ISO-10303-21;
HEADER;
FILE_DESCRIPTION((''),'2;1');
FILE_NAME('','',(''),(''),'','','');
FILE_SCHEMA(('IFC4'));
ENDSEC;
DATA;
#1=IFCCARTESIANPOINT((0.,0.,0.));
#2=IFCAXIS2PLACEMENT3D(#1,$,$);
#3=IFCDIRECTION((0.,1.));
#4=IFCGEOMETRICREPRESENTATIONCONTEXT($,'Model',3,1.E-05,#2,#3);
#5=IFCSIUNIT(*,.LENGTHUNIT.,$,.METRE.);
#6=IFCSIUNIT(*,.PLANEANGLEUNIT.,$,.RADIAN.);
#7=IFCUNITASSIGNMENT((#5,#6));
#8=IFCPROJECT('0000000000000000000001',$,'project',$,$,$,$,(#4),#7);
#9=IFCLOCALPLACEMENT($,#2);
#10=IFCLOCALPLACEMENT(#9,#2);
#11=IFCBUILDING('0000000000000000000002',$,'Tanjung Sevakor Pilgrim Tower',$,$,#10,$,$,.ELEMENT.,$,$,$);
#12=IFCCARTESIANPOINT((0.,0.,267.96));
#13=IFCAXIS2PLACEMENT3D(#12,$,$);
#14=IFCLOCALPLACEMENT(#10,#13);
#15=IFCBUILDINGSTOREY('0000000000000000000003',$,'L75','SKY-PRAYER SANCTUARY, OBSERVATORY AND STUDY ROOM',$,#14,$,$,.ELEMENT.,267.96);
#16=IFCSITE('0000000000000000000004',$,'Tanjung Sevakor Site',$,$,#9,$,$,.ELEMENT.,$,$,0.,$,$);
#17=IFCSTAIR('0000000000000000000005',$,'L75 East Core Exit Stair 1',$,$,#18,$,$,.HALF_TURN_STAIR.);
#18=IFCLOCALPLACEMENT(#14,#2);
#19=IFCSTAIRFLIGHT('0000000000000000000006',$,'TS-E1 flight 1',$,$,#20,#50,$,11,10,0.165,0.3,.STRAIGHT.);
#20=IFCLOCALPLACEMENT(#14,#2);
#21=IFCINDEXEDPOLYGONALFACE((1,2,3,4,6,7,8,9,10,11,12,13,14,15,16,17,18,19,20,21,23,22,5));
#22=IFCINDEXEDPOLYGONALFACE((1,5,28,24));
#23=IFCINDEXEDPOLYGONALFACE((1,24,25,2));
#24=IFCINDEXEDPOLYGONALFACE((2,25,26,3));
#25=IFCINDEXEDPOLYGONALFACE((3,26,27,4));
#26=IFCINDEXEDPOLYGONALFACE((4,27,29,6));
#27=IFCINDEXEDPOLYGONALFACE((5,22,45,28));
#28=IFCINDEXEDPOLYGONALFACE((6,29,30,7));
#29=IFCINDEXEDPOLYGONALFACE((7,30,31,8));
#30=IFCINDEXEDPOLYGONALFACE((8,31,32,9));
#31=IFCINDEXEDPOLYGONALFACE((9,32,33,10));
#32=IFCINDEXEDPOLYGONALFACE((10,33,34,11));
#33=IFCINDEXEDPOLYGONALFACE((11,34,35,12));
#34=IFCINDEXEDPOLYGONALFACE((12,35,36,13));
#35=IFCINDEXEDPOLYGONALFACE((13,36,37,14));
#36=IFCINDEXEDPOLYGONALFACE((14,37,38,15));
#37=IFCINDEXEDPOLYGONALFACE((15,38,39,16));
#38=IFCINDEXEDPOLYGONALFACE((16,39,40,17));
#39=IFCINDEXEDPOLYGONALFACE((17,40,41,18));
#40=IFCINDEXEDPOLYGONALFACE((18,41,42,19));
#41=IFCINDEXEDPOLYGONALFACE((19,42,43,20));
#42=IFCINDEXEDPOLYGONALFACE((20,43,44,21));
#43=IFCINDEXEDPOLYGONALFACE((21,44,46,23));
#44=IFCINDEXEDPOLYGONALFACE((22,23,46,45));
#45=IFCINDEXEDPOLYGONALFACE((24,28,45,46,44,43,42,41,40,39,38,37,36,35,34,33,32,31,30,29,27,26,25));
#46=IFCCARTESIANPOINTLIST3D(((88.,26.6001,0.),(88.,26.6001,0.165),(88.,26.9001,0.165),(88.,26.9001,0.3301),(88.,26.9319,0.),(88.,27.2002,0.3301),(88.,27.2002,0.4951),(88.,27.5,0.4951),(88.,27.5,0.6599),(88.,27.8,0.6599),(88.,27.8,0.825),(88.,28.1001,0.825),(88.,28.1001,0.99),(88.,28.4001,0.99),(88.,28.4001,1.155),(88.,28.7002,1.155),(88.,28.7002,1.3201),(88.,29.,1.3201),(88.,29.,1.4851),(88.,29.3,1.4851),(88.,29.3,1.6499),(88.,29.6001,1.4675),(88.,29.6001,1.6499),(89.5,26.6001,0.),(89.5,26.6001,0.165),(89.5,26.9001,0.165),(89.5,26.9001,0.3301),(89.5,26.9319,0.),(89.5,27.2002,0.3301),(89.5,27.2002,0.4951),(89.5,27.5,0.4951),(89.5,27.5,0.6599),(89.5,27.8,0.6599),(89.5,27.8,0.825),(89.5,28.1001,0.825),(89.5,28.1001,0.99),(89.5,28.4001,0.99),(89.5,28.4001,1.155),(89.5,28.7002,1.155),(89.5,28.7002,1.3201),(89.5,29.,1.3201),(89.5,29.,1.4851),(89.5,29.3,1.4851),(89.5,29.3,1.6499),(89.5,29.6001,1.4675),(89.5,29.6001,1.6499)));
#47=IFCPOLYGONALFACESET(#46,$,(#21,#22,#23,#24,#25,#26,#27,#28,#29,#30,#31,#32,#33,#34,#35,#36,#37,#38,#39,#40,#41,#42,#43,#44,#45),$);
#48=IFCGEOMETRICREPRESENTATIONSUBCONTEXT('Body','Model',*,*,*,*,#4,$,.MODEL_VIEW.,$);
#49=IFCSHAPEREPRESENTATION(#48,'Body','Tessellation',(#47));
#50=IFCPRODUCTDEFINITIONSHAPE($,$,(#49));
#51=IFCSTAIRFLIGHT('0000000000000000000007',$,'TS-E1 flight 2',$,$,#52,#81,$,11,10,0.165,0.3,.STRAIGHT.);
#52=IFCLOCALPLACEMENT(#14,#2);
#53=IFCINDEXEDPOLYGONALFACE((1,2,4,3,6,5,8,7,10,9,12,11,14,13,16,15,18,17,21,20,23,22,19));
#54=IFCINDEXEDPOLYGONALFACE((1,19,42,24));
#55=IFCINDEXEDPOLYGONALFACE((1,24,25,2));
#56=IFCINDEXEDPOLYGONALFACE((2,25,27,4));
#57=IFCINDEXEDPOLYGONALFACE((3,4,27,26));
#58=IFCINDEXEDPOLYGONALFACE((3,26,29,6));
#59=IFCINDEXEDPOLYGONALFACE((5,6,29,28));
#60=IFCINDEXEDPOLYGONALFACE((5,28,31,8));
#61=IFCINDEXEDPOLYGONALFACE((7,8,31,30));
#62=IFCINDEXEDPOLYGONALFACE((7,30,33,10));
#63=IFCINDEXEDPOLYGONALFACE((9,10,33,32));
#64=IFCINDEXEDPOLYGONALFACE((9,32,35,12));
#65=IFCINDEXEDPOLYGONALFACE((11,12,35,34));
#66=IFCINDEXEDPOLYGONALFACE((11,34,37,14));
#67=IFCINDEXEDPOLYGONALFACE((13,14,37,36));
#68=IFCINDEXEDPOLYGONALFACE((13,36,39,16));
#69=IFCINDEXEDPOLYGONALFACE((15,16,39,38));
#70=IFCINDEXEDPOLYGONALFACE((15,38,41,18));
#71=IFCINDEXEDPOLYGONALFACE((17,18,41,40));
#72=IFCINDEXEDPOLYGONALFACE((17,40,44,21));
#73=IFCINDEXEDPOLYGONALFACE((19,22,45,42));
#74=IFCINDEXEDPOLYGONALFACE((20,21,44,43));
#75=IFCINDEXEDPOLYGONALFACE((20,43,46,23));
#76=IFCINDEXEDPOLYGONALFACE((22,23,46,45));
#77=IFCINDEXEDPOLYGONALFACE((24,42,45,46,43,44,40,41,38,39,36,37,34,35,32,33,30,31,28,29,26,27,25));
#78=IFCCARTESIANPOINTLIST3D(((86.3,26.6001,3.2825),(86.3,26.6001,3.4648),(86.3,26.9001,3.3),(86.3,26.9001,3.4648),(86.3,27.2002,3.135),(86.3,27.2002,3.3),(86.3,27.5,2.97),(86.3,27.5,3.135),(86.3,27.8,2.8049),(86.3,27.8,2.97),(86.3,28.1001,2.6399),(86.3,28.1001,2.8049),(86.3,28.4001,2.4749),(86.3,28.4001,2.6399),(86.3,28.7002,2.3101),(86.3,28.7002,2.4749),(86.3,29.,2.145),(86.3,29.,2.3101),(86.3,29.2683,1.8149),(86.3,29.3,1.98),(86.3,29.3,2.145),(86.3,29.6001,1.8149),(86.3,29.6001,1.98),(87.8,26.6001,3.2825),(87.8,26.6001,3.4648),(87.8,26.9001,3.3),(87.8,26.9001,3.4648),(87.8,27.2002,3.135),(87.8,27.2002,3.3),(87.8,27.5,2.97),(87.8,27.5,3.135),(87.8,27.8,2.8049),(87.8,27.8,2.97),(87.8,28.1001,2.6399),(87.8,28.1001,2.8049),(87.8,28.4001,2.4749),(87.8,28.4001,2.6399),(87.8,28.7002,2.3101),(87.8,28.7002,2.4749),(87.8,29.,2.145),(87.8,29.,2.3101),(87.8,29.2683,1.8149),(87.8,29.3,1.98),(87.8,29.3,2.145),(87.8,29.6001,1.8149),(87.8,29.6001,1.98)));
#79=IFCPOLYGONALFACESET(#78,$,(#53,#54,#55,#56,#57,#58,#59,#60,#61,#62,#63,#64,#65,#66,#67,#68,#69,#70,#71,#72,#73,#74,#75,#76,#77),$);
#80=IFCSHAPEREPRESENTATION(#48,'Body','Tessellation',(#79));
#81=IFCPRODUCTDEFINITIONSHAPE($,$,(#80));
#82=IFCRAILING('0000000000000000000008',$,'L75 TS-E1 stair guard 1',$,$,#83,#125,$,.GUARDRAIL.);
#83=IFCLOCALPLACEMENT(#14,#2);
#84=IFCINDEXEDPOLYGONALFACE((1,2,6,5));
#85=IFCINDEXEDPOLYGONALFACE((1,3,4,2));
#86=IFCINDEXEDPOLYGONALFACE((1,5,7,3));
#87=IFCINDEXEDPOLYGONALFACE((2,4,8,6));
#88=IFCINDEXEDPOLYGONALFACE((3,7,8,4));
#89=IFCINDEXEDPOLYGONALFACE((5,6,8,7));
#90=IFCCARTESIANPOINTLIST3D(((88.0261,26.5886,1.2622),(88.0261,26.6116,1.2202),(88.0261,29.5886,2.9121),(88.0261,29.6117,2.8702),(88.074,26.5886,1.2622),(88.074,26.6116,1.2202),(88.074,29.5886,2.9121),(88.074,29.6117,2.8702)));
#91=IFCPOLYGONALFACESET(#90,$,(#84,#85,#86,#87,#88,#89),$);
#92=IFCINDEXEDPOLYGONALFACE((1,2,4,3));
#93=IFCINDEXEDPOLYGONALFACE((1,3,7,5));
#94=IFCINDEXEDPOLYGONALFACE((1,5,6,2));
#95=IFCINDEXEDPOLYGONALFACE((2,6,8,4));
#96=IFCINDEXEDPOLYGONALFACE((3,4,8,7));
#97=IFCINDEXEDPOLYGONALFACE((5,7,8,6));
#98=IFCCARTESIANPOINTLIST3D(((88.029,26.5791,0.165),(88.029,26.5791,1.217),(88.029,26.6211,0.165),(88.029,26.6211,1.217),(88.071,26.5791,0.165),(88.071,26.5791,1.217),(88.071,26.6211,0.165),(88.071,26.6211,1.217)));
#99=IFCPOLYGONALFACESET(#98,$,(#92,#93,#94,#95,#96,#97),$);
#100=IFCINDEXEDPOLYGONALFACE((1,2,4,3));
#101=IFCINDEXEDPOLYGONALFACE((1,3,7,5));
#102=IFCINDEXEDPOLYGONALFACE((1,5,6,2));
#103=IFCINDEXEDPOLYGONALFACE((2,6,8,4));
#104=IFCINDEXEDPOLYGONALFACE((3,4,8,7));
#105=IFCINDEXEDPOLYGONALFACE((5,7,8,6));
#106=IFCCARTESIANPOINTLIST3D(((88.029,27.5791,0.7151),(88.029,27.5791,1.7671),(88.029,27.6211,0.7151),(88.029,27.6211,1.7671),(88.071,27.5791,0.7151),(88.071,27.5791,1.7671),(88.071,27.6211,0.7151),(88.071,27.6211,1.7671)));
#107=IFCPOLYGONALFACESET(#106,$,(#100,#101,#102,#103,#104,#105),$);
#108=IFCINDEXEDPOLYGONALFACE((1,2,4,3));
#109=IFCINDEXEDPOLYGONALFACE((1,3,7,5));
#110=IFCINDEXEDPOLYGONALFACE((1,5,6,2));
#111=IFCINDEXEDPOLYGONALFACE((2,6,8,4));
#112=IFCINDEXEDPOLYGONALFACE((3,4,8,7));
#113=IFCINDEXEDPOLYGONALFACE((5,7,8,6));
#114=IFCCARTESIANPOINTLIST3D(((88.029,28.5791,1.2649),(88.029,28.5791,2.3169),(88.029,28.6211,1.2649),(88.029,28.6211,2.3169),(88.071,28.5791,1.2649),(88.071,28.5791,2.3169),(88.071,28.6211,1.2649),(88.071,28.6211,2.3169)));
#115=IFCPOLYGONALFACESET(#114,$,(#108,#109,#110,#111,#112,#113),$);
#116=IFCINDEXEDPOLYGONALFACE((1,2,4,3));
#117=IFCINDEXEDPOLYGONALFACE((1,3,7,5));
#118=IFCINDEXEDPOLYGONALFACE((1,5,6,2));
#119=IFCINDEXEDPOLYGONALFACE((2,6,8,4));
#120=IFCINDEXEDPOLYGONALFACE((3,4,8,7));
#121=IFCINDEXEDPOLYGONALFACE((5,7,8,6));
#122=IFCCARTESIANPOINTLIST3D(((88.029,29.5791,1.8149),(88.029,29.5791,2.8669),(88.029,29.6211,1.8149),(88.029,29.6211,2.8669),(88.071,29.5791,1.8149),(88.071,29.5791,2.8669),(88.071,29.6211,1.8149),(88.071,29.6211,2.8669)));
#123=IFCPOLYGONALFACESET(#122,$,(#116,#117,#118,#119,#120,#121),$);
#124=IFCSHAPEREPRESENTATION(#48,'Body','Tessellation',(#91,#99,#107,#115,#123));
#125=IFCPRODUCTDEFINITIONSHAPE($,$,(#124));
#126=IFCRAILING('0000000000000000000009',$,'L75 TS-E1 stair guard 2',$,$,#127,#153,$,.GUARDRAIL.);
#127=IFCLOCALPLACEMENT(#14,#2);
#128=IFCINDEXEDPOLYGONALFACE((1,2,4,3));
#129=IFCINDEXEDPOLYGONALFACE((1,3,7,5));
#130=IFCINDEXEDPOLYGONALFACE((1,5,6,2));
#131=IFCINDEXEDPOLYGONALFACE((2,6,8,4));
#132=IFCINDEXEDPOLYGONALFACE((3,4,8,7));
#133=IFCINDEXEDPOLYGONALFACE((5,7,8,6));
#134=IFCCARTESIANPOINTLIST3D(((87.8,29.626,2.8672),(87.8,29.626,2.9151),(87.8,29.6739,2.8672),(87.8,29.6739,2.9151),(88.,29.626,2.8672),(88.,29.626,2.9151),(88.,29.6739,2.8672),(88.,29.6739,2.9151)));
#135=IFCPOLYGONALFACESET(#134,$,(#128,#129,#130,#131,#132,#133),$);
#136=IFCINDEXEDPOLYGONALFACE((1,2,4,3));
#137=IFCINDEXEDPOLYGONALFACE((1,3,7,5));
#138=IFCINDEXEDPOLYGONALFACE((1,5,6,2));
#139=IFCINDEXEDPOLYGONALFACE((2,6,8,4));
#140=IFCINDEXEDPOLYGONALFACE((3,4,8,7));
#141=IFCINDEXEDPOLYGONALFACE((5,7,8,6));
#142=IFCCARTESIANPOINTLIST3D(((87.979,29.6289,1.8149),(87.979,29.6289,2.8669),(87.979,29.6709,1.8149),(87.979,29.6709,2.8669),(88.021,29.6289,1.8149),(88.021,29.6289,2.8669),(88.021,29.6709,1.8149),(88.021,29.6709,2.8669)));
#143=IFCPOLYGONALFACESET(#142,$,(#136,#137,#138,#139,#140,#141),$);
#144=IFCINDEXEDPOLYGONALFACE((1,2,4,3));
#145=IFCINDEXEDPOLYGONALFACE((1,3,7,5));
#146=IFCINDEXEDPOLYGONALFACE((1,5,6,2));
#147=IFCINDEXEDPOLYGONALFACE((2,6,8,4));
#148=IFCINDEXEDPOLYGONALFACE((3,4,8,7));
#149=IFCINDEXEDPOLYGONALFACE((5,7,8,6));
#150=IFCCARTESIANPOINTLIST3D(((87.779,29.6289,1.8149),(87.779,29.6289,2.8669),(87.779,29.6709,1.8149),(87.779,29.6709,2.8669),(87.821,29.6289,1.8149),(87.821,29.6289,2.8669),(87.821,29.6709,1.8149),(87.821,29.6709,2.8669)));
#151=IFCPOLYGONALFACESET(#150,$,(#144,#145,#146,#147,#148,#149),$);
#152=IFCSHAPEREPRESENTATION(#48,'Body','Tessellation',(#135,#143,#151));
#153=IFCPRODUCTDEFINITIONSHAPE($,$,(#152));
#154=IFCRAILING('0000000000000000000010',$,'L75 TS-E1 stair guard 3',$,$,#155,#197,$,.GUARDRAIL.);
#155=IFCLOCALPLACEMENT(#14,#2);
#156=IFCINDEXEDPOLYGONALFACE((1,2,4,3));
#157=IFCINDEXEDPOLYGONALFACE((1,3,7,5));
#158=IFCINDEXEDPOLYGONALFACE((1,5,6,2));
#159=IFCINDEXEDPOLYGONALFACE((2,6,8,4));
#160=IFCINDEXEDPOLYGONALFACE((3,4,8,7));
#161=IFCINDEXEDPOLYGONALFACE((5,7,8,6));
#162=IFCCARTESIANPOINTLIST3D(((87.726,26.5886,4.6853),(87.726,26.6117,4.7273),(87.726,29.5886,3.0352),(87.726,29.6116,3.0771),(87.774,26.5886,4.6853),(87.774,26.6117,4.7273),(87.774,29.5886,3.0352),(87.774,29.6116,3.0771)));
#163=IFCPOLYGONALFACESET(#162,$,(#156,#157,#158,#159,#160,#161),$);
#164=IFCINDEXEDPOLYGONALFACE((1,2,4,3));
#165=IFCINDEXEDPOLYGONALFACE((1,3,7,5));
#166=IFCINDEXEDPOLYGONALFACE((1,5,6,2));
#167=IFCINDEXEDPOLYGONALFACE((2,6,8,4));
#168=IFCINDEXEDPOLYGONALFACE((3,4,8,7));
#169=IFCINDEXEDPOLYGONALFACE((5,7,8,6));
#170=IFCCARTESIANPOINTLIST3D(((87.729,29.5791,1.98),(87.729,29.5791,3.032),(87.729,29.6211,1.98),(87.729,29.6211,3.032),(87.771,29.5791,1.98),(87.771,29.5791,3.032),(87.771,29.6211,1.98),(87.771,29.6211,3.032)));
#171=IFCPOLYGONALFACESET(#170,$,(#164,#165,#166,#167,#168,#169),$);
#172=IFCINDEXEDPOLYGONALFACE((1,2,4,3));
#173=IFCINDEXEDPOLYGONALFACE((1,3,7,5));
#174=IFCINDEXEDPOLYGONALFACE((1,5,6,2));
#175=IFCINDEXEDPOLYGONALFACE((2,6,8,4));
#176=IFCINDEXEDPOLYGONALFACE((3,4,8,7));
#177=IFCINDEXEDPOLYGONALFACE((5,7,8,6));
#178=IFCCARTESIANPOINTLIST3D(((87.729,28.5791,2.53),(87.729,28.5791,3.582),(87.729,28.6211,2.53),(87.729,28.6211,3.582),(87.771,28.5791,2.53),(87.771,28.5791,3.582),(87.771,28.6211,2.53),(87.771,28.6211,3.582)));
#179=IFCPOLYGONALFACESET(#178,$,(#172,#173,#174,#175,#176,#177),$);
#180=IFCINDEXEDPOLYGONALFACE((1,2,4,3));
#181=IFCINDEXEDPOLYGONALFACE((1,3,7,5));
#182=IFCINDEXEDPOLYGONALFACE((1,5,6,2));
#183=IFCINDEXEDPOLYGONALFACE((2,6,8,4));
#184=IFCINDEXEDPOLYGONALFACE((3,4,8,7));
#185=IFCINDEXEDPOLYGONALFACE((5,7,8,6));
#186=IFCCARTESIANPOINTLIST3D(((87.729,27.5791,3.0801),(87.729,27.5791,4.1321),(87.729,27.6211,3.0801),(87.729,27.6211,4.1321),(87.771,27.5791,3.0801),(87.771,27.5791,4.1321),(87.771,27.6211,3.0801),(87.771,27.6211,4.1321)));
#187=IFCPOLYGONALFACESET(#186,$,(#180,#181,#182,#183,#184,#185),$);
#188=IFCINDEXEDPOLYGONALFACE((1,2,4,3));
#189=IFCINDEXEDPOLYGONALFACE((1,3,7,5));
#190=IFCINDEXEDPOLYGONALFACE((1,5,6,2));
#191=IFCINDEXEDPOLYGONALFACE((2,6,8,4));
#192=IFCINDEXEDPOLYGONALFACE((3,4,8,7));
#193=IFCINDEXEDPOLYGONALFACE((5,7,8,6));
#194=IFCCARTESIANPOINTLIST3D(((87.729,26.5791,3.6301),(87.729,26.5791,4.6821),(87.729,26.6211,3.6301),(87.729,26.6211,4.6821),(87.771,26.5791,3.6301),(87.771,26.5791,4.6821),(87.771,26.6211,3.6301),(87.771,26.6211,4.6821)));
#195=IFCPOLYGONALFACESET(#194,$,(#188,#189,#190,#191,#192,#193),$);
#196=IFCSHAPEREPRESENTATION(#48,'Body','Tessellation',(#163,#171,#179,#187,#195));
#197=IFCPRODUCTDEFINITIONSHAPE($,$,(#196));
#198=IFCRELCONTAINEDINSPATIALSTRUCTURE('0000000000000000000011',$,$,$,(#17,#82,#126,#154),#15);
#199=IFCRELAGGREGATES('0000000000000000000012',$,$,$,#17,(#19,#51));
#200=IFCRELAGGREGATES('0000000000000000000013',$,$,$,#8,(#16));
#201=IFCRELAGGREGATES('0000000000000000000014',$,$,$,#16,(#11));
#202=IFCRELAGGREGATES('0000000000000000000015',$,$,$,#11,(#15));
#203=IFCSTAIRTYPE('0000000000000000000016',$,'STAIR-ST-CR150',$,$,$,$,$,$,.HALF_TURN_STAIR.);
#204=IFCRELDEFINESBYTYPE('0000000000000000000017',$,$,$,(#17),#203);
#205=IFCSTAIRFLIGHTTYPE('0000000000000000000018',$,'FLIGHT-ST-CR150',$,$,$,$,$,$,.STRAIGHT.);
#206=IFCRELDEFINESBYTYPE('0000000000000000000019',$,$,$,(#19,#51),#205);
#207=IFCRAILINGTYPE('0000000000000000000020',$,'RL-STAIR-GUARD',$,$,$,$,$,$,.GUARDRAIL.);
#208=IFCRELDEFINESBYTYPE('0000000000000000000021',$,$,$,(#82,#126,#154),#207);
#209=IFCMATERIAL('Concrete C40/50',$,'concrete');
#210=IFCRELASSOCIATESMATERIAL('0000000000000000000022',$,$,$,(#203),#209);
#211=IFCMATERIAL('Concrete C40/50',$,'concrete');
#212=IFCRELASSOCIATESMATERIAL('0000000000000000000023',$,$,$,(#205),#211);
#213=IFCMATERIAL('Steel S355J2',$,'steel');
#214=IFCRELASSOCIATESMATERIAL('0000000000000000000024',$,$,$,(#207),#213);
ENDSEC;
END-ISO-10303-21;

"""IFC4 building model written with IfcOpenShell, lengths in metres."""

from ifc_helpers import new_model, si_unit, direction, frame, origin, place, context, subcontext, project, spatial, polyline, rectangle, outline, extrude, material, type_object, element, aggregate, save


model = new_model("IFC4")

# Units and contexts
model_context = context("Model", 3, precision=1e-05, world=origin(), true_north=direction((0.0, 1.0)))
body_context = subcontext(model_context, "Body", "Model", "MODEL_VIEW")
ifc_project = project(units=[si_unit("LENGTHUNIT", "METRE"), si_unit("PLANEANGLEUNIT", "RADIAN")], contexts=[model_context])

# Site, building, storey
site_placement = place(None, origin())
site = spatial("IfcSite", under=ifc_project, at=site_placement, Name="Tanjung Sevakor Site", CompositionType="ELEMENT", RefElevation=0.0)
building_placement = place(site_placement, origin())
building = spatial("IfcBuilding", under=site, at=building_placement, Name="Tanjung Sevakor Pilgrim Tower", CompositionType="ELEMENT")
storey_placement = place(building_placement, frame((0.0, 0.0, 267.96)))
storey = spatial("IfcBuildingStorey", under=building, at=storey_placement, Name="L75", Description="SKY-PRAYER SANCTUARY, OBSERVATORY AND STUDY ROOM", CompositionType="ELEMENT", Elevation=267.96)

# Stair, stair flights
ifc_material_1 = material(Name="Concrete C40/50", Category="concrete")
stair_type = type_object("IfcStairType", Name="STAIR-ST-CR150", PredefinedType="HALF_TURN_STAIR", material=ifc_material_1)
stair_placement = place(storey_placement, origin())
stair = element("IfcStair", 1, at=stair_placement, inside=storey, type_object=stair_type, Name="L75 East Core Exit Stair 1", PredefinedType="HALF_TURN_STAIR")
ifc_material_2 = material(Name="Concrete C40/50", Category="concrete")
stair_flight_type = type_object("IfcStairFlightType", Name="FLIGHT-ST-CR150", PredefinedType="STRAIGHT", material=ifc_material_2)
stair_flight_1_placement = place(storey_placement, frame((88.75, 26.6001, 0.0), z_axis=(0.0, 0.0, 1.0), x_axis=(0.0, 1.0, 0.0)))
stair_flight_1 = element("IfcStairFlight", 2, at=stair_flight_1_placement, type_object=stair_flight_type, Name="TS-E1 flight 1", NumberOfRisers=11, NumberOfTreads=10, PredefinedType="STRAIGHT", RiserHeight=0.165, TreadLength=0.3, context=body_context, shape_type="SweptSolid", body=[
    extrude(outline(polyline([(0.0, 0.0), (0.0, 0.165), (0.3, 0.165), (0.3, 0.3301), (0.6001, 0.3301), (0.6001, 0.4951), (0.8999, 0.4951), (0.8999, 0.6599), (1.2, 0.6599), (1.2, 0.825), (1.5, 0.825), (1.5, 0.99), (1.8, 0.99), (1.8, 1.155), (2.1001, 1.155), (2.1001, 1.3201), (2.3999, 1.3201), (2.3999, 1.4851), (2.7, 1.4851), (2.7, 1.6499), (3.0, 1.6499), (3.0, 1.8149), (3.0, 1.4675), (0.3318, 0.0), (0.0, 0.0)])), frame((0.0, 0.75, 0.0), z_axis=(0.0, -1.0, 0.0), x_axis=(1.0, 0.0, 0.0)), (0.0, 0.0, 1.0), 1.5),
])
stair_flight_2_placement = place(storey_placement, frame((87.05, 29.6001, 1.8149), z_axis=(0.0, 0.0, 1.0), x_axis=(0.0, -1.0, 0.0)))
stair_flight_2 = element("IfcStairFlight", 3, at=stair_flight_2_placement, type_object=stair_flight_type, Name="TS-E1 flight 2", NumberOfRisers=11, NumberOfTreads=10, PredefinedType="STRAIGHT", RiserHeight=0.165, TreadLength=0.3, context=body_context, shape_type="SweptSolid", body=[
    extrude(outline(polyline([(0.0, 0.0), (0.0, 0.165), (0.3, 0.165), (0.3, 0.3301), (0.6001, 0.3301), (0.6001, 0.4951), (0.8999, 0.4951), (0.8999, 0.6599), (1.2, 0.6599), (1.2, 0.825), (1.5, 0.825), (1.5, 0.99), (1.8, 0.99), (1.8, 1.155), (2.1001, 1.155), (2.1001, 1.3201), (2.3999, 1.3201), (2.3999, 1.4851), (2.7, 1.4851), (2.7, 1.6499), (3.0, 1.6499), (3.0, 1.8149), (3.0, 1.4675), (0.3318, 0.0), (0.0, 0.0)])), frame((0.0, 0.75, 0.0), z_axis=(0.0, -1.0, 0.0), x_axis=(1.0, 0.0, 0.0)), (0.0, 0.0, 1.0), 1.5),
])
aggregate(stair, [stair_flight_1, stair_flight_2])

# Railings
ifc_material_3 = material(Name="Steel S355J2", Category="steel")
railing_type_1 = type_object("IfcRailingType", Name="RL-STAIR-GUARD", PredefinedType="GUARDRAIL", material=ifc_material_3)
railing_1_placement = place(storey_placement, frame((88.05, 26.6001, 0.165)))
element("IfcRailing", 4, at=railing_1_placement, inside=storey, type_object=railing_type_1, Name="L75 TS-E1 stair guard 1", PredefinedType="GUARDRAIL", context=body_context, shape_type="SweptSolid", body=[
    extrude(rectangle(XDim=0.0479, YDim=0.0479), frame((0.0, 0.0, 1.0762), z_axis=(0.0, 0.876228, 0.481897), x_axis=(-1.0, 0.0, 0.0)), (0.0, 0.0, 1.0), 3.4238),
    extrude(rectangle(XDim=0.042, YDim=0.042), origin(), (0.0, 0.0, 1.0), 1.052),
    extrude(rectangle(XDim=0.042, YDim=0.042), frame((0.0, 1.0, 0.55)), (0.0, 0.0, 1.0), 1.052),
    extrude(rectangle(XDim=0.042, YDim=0.042), frame((0.0, 2.0, 1.0999)), (0.0, 0.0, 1.0), 1.052),
    extrude(rectangle(XDim=0.042, YDim=0.042), frame((0.0, 3.0, 1.6499)), (0.0, 0.0, 1.0), 1.052),
])
railing_2_placement = place(storey_placement, frame((88.0, 29.6499, 1.8149)))
element("IfcRailing", 5, at=railing_2_placement, inside=storey, type_object=railing_type_1, Name="L75 TS-E1 stair guard 2", PredefinedType="GUARDRAIL", context=body_context, shape_type="SweptSolid", body=[
    extrude(rectangle(XDim=0.0479, YDim=0.0479), frame((0.0, 0.0, 1.0762), z_axis=(-1.0, 0.0, 0.0), x_axis=(0.0, -1.0, 0.0)), (0.0, 0.0, 1.0), 0.2),
    extrude(rectangle(XDim=0.042, YDim=0.042), origin(), (0.0, 0.0, 1.0), 1.052),
    extrude(rectangle(XDim=0.042, YDim=0.042), frame((-0.2, 0.0, 0.0)), (0.0, 0.0, 1.0), 1.052),
])
railing_3_placement = place(storey_placement, frame((87.75, 29.6001, 1.98)))
element("IfcRailing", 6, at=railing_3_placement, inside=storey, type_object=railing_type_1, Name="L75 TS-E1 stair guard 3", PredefinedType="GUARDRAIL", context=body_context, shape_type="SweptSolid", body=[
    extrude(rectangle(XDim=0.0479, YDim=0.0479), frame((0.0, 0.0, 1.0762), z_axis=(0.0, -0.876198, 0.481952), x_axis=(1.0, 0.0, 0.0)), (0.0, 0.0, 1.0), 3.4238),
    extrude(rectangle(XDim=0.042, YDim=0.042), origin(), (0.0, 0.0, 1.0), 1.052),
    extrude(rectangle(XDim=0.042, YDim=0.042), frame((0.0, -1.0, 0.55)), (0.0, 0.0, 1.0), 1.052),
    extrude(rectangle(XDim=0.042, YDim=0.042), frame((0.0, -2.0, 1.1001)), (0.0, 0.0, 1.0), 1.052),
    extrude(rectangle(XDim=0.042, YDim=0.042), frame((0.0, -3.0, 1.6501)), (0.0, 0.0, 1.0), 1.052),
])

save(model, "model.ifc")
